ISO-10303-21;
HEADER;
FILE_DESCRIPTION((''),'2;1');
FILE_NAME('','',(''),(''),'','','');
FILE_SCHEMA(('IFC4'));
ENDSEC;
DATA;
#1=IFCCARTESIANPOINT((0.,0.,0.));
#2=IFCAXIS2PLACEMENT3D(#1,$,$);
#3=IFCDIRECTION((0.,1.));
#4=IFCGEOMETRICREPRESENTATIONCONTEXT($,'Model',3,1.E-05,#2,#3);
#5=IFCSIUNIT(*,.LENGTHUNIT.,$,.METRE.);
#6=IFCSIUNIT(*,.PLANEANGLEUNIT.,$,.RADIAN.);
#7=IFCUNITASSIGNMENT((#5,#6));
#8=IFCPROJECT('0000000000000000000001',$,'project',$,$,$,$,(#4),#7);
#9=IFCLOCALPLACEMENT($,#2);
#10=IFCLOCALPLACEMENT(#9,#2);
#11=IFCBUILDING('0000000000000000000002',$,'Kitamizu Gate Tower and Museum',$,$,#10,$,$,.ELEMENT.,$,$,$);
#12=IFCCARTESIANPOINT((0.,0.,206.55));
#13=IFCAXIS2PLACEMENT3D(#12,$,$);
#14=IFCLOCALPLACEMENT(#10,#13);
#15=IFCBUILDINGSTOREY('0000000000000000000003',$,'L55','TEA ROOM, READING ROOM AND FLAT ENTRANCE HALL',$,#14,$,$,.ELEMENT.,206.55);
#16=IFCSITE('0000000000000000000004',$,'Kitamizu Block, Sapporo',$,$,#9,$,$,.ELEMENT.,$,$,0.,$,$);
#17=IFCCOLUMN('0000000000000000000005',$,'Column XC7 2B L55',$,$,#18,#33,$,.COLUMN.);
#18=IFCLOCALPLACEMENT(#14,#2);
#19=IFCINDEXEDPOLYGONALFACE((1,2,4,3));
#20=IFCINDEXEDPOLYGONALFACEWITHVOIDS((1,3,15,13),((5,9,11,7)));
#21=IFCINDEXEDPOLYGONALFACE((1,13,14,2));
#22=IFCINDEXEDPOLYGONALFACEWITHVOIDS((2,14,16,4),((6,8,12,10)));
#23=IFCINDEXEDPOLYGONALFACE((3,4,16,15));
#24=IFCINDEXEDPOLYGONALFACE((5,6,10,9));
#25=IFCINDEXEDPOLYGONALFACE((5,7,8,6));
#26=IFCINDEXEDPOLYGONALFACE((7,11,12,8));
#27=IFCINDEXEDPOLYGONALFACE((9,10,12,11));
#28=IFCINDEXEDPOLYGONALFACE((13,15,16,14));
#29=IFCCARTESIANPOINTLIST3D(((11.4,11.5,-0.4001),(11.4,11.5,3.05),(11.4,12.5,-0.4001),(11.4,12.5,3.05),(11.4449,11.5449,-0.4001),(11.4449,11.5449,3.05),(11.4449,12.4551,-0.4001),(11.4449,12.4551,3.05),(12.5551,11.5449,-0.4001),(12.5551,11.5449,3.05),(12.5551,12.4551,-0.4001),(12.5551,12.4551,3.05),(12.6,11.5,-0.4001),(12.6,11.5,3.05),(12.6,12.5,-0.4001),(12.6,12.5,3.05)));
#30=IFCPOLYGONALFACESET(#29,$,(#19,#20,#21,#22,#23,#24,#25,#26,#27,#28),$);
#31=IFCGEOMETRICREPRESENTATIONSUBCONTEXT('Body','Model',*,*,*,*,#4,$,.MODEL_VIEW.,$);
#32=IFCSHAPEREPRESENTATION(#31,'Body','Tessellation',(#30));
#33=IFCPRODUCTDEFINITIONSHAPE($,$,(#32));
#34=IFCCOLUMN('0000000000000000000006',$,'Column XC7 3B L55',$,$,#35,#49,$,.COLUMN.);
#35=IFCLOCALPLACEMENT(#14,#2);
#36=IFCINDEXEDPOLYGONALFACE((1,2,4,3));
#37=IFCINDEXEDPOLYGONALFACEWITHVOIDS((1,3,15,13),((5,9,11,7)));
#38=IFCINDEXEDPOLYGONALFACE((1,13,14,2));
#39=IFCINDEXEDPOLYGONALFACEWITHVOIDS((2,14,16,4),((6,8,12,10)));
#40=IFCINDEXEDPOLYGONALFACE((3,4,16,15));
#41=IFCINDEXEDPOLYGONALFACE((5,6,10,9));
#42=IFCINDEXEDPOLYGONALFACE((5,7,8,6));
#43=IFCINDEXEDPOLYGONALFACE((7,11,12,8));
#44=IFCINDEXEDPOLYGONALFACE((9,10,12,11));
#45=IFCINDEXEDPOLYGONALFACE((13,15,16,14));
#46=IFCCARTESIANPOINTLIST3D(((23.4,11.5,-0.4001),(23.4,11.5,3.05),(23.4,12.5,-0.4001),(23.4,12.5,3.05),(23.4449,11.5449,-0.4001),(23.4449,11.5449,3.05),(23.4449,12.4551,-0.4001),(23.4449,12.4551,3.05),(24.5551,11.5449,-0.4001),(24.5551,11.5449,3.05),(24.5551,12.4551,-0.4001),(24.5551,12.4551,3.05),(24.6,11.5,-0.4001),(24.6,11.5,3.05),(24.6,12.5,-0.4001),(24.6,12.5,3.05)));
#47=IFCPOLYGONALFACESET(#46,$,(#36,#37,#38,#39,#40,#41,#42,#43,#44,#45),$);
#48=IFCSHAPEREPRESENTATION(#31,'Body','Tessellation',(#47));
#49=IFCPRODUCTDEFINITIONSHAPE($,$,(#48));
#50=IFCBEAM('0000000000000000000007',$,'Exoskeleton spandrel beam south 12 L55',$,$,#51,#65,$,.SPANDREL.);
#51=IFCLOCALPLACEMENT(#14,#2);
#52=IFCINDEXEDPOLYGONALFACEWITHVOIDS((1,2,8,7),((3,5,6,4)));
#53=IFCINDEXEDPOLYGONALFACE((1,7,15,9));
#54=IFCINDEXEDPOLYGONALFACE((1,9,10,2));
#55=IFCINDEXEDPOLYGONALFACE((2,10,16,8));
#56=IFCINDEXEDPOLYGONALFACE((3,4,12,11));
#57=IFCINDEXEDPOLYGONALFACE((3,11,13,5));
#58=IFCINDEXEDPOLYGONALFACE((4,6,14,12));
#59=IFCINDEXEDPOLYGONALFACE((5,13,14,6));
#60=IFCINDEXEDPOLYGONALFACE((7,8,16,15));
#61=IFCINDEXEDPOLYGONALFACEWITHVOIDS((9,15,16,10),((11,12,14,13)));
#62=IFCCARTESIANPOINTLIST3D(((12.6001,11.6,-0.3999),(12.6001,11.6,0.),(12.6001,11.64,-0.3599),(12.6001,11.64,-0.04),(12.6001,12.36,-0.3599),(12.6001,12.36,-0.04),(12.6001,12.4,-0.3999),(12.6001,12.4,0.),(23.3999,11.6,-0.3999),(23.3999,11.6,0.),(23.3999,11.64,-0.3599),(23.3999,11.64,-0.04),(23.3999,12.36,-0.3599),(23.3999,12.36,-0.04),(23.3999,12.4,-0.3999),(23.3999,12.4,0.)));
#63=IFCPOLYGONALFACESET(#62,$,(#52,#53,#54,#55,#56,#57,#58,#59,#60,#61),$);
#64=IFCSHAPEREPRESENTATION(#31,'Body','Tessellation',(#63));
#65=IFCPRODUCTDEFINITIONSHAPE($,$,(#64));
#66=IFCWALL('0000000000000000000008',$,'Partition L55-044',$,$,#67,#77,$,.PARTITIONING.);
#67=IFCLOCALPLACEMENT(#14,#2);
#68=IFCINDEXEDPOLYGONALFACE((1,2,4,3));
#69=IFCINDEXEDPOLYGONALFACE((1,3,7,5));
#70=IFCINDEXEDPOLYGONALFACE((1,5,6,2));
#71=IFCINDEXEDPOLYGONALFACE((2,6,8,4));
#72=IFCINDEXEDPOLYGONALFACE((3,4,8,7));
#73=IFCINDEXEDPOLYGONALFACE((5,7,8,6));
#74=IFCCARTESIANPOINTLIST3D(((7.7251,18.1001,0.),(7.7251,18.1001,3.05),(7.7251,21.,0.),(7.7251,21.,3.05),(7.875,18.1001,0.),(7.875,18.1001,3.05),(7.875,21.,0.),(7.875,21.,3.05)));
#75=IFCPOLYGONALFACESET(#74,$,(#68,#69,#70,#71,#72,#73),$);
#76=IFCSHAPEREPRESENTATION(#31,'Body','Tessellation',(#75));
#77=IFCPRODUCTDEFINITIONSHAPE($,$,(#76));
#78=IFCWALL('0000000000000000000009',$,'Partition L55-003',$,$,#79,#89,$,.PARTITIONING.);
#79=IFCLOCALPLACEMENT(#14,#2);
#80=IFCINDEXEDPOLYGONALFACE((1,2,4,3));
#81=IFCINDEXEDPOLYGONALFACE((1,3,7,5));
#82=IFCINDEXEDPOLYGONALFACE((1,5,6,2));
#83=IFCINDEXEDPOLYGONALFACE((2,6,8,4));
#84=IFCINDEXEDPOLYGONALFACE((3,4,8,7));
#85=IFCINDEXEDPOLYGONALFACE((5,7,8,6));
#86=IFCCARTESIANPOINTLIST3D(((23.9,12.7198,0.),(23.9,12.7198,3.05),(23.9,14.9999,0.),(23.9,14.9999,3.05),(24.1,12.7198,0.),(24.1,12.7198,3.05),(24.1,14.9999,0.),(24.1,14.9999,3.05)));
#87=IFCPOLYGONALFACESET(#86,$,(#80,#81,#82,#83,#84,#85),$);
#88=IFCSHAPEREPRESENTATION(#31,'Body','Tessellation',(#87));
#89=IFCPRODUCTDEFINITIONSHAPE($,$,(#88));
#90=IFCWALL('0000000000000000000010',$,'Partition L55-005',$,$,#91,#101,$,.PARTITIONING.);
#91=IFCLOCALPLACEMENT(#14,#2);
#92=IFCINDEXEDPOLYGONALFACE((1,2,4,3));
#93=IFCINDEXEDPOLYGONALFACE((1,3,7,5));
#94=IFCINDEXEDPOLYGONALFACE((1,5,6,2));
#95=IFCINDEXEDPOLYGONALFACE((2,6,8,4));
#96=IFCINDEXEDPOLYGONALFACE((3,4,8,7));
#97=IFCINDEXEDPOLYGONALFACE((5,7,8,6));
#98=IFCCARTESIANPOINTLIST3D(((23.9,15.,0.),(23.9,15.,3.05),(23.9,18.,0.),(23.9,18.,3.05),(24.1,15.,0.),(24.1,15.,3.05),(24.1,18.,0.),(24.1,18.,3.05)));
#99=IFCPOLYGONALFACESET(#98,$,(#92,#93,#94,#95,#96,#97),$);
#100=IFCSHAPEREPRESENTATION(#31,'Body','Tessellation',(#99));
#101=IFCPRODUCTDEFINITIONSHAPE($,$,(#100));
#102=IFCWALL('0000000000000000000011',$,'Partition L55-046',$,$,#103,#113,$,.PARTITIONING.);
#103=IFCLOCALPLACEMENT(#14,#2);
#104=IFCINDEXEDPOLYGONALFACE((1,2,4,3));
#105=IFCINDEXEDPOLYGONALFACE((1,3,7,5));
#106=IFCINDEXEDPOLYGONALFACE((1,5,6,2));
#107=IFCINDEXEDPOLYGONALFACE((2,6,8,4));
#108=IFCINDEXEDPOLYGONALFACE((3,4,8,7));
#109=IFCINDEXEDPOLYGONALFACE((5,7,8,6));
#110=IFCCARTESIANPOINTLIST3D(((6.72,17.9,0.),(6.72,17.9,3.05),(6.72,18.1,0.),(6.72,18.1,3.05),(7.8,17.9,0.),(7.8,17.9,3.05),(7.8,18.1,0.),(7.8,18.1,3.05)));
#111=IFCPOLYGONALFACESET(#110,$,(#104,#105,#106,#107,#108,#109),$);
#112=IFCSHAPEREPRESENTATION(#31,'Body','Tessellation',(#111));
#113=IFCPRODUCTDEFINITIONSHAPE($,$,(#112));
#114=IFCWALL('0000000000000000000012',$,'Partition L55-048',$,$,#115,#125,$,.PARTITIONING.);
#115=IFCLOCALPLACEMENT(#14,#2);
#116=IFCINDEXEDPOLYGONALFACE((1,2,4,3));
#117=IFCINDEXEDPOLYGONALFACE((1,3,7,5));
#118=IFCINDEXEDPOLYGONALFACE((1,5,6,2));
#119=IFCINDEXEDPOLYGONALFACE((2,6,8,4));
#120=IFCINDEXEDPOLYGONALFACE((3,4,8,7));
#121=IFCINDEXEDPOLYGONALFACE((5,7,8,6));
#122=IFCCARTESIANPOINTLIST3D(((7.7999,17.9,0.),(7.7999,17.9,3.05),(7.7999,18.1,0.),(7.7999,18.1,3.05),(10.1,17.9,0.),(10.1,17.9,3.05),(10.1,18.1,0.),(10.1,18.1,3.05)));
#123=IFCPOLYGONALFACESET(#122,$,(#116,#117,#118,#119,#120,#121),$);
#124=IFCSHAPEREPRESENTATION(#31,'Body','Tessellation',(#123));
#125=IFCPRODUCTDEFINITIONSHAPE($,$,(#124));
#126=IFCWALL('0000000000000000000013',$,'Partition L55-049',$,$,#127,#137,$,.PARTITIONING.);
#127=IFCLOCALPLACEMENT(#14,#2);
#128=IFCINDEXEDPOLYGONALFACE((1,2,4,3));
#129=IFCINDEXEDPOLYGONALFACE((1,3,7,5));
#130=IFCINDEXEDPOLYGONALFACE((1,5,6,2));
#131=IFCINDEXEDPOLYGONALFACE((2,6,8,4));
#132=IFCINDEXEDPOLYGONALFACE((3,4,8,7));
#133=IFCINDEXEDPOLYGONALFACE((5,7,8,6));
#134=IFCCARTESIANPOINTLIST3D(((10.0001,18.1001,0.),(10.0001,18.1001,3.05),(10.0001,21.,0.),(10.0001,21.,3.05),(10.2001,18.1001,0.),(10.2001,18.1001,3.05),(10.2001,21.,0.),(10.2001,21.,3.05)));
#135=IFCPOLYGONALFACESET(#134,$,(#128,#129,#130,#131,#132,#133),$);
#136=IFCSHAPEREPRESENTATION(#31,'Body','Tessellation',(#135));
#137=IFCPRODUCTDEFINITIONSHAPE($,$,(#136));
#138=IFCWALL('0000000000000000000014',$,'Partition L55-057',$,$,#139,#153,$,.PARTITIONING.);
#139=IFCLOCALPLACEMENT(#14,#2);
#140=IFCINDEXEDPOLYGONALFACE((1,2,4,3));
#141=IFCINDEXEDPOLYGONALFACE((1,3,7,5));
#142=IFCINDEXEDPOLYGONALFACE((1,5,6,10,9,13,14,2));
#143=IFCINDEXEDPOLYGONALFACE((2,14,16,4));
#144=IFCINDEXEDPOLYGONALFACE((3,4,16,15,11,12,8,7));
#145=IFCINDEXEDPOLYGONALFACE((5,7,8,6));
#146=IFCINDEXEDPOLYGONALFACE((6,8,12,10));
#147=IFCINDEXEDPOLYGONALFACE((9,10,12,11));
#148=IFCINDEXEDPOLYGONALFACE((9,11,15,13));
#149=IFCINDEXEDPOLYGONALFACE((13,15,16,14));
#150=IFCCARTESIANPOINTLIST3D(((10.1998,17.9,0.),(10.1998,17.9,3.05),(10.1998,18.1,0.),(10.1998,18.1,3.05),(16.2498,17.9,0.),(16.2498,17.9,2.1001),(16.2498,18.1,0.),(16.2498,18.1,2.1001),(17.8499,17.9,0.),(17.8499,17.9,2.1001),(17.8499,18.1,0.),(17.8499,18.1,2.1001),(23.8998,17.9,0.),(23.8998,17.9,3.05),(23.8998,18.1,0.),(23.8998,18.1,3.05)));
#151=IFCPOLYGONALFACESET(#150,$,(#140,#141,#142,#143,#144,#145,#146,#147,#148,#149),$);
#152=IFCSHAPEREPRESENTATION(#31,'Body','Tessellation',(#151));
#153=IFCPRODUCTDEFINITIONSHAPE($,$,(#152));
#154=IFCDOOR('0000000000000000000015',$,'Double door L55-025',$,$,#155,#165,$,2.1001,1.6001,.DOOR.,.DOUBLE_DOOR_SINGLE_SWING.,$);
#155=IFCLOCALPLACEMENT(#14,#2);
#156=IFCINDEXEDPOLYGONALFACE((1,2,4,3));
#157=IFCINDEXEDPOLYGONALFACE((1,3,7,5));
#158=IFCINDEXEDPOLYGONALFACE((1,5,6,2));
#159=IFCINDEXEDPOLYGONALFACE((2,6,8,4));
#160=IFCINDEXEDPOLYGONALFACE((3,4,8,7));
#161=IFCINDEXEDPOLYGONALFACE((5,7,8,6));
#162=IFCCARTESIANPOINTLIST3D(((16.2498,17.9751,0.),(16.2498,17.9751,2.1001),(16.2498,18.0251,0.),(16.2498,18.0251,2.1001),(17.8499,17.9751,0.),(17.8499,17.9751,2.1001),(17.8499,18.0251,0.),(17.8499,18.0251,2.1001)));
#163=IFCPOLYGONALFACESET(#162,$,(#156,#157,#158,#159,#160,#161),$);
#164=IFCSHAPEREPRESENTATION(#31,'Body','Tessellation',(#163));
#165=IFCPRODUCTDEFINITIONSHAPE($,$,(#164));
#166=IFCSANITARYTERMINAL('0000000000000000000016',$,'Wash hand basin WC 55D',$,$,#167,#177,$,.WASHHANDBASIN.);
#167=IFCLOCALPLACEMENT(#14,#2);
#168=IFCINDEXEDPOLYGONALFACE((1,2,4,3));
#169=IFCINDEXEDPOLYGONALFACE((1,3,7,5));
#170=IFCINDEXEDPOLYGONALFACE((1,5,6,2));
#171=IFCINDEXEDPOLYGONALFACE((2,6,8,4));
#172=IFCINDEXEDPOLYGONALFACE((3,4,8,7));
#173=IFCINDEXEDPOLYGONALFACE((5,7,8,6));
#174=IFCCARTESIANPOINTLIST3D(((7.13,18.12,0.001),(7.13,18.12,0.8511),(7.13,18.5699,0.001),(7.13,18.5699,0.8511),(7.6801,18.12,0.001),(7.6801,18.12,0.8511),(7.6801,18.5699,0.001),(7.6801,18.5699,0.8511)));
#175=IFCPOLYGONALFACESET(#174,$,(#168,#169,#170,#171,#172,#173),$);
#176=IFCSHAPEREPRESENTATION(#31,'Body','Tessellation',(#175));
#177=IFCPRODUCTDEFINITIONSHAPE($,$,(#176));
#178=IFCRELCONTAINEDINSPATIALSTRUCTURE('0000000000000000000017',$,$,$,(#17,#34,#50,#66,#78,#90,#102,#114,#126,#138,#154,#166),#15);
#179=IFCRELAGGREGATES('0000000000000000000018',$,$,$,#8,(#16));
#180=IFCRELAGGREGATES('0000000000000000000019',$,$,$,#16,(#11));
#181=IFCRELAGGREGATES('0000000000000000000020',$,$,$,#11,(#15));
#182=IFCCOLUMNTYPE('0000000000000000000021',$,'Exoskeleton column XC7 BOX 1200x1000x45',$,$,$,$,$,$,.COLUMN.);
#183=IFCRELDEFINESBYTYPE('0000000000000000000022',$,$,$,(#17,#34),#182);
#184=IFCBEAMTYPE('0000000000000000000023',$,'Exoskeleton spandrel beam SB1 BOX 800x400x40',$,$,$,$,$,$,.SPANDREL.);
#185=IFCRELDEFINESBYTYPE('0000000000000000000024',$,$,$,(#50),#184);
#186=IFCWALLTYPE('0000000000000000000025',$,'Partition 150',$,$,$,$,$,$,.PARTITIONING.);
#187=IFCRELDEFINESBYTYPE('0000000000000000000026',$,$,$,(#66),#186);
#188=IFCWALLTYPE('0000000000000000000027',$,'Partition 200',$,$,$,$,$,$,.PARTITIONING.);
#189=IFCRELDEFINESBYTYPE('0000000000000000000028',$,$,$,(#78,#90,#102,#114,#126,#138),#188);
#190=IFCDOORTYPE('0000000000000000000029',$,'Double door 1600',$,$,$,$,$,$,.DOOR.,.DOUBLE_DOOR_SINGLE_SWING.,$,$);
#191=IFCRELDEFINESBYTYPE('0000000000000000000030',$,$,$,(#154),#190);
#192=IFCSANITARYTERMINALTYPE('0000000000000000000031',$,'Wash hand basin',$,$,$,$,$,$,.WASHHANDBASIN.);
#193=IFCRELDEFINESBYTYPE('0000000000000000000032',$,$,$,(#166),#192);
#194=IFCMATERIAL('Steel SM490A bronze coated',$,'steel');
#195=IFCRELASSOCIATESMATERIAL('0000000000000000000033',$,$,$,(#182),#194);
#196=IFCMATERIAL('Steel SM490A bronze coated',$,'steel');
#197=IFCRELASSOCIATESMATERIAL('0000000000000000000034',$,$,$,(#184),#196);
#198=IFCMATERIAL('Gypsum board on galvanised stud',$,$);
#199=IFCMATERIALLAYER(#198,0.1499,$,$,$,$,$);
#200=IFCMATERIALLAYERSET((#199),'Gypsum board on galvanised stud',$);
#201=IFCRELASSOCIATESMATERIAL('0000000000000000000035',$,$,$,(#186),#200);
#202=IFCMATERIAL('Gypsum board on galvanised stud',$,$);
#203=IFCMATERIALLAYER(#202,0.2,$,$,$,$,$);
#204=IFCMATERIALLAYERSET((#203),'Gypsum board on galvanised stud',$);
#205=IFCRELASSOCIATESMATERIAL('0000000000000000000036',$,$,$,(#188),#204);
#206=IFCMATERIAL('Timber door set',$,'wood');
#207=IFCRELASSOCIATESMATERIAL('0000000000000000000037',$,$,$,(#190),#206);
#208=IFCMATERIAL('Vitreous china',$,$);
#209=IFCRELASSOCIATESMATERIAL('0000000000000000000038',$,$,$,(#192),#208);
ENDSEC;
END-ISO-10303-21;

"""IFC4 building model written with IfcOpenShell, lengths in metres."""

from ifc_helpers import new_model, si_unit, direction, frame, frame_2d, origin, origin_2d, place, context, subcontext, project, spatial, rectangle, hollow_rectangle, extrude, material, layer, layer_set, material_profile, profile_set, type_object, element, fill, save


model = new_model("IFC4")

# Units and contexts
model_context = context("Model", 3, precision=1e-05, world=origin(), true_north=direction((0.0, 1.0)))
body_context = subcontext(model_context, "Body", "Model", "MODEL_VIEW")
ifc_project = project(units=[si_unit("LENGTHUNIT", "METRE"), si_unit("PLANEANGLEUNIT", "RADIAN")], contexts=[model_context])

# Site, building, storey
site_placement = place(None, origin())
site = spatial("IfcSite", under=ifc_project, at=site_placement, Name="Kitamizu Block, Sapporo", CompositionType="ELEMENT", RefElevation=0.0)
building_placement = place(site_placement, origin())
building = spatial("IfcBuilding", under=site, at=building_placement, Name="Kitamizu Gate Tower and Museum", CompositionType="ELEMENT")
storey_placement = place(building_placement, frame((0.0, 0.0, 206.55)))
storey = spatial("IfcBuildingStorey", under=building, at=storey_placement, Name="L55", Description="TEA ROOM, READING ROOM AND FLAT ENTRANCE HALL", CompositionType="ELEMENT", Elevation=206.55)

# Columns
ifc_material_1 = material(Name="Steel SM490A bronze coated", Category="steel")
ifc_material_profile_1 = material_profile(ifc_material_1, hollow_rectangle(XDim=1.2, YDim=1.0, WallThickness=0.0449, at=origin_2d()), Name="BOX 1200x1000x45")
ifc_profile_set_1 = profile_set([ifc_material_profile_1], Name="Steel SM490A bronze coated")
column_type = type_object("IfcColumnType", Name="Exoskeleton column XC7 BOX 1200x1000x45", PredefinedType="COLUMN", material=ifc_profile_set_1)
for number, where, z_axis, x_axis, name in (
    (1, (12.0, 12.0, -0.4001), (0.0, 0.0, 1.0), (1.0, 0.0, 0.0), "Column XC7 2B L55"),
    (2, (24.0, 12.0, -0.4001), (0.0, 0.0, 1.0), (1.0, 0.0, 0.0), "Column XC7 3B L55"),
):
    element("IfcColumn", number, at=place(storey_placement, frame(where, z_axis=z_axis, x_axis=x_axis)), inside=storey, type_object=column_type, Name=name, PredefinedType="COLUMN", context=body_context, shape_type="SweptSolid", body=[
        extrude(hollow_rectangle(XDim=1.2, YDim=1.0, WallThickness=0.0449, at=origin_2d()), origin(), (0.0, 0.0, 1.0), 3.4502),
    ])

# Beam
ifc_material_2 = material(Name="Steel SM490A bronze coated", Category="steel")
ifc_material_profile_2 = material_profile(ifc_material_2, hollow_rectangle(XDim=0.8, YDim=0.3999, WallThickness=0.04, at=origin_2d()), Name="BOX 800x400x40")
ifc_profile_set_2 = profile_set([ifc_material_profile_2], Name="Steel SM490A bronze coated")
beam_type = type_object("IfcBeamType", Name="Exoskeleton spandrel beam SB1 BOX 800x400x40", PredefinedType="SPANDREL", material=ifc_profile_set_2)
beam_placement = place(storey_placement, frame((12.6001, 12.0, -0.2), z_axis=(1.0, 0.0, 0.0), x_axis=(0.0, 1.0, 0.0)))
element("IfcBeam", 3, at=beam_placement, inside=storey, type_object=beam_type, Name="Exoskeleton spandrel beam south 12 L55", PredefinedType="SPANDREL", context=body_context, shape_type="SweptSolid", body=[
    extrude(hollow_rectangle(XDim=0.8, YDim=0.3999, WallThickness=0.04, at=origin_2d()), origin(), (0.0, 0.0, 1.0), 10.7998),
])

# Walls
ifc_material_3 = material(Name="Gypsum board on galvanised stud")
ifc_layer_1 = layer(ifc_material_3, 0.1499)
ifc_layer_set_1 = layer_set([ifc_layer_1], Name="Gypsum board on galvanised stud")
wall_type_1 = type_object("IfcWallType", Name="Partition 150", PredefinedType="PARTITIONING", material=ifc_layer_set_1)
wall_1_placement = place(storey_placement, frame((7.8, 18.1001, 0.0), z_axis=(0.0, 0.0, 1.0), x_axis=(0.0, 1.0, 0.0)))
element("IfcWall", 4, at=wall_1_placement, inside=storey, type_object=wall_type_1, Name="Partition L55-044", PredefinedType="PARTITIONING", context=body_context, shape_type="SweptSolid", body=[
    extrude(rectangle(XDim=2.8999, YDim=0.1499, at=frame_2d((1.45, 0.0))), origin(), (0.0, 0.0, 1.0), 3.05),
])
ifc_material_4 = material(Name="Gypsum board on galvanised stud")
ifc_layer_2 = layer(ifc_material_4, 0.2)
ifc_layer_set_2 = layer_set([ifc_layer_2], Name="Gypsum board on galvanised stud")
wall_type_2 = type_object("IfcWallType", Name="Partition 200", PredefinedType="PARTITIONING", material=ifc_layer_set_2)
wall_2_placement = place(storey_placement, frame((24.0, 15.0, 0.0), z_axis=(0.0, 0.0, 1.0), x_axis=(0.0, -1.0, 0.0)))
element("IfcWall", 5, at=wall_2_placement, inside=storey, type_object=wall_type_2, Name="Partition L55-003", PredefinedType="PARTITIONING", context=body_context, shape_type="SweptSolid", body=[
    extrude(rectangle(XDim=2.28, YDim=0.2, at=frame_2d((1.1401, 0.0))), origin(), (0.0, 0.0, 1.0), 3.05),
])
wall_3_placement = place(storey_placement, frame((24.0, 18.0, 0.0), z_axis=(0.0, 0.0, 1.0), x_axis=(0.0, -1.0, 0.0)))
element("IfcWall", 6, at=wall_3_placement, inside=storey, type_object=wall_type_2, Name="Partition L55-005", PredefinedType="PARTITIONING", context=body_context, shape_type="SweptSolid", body=[
    extrude(rectangle(XDim=3.0, YDim=0.2, at=frame_2d((1.5, 0.0))), origin(), (0.0, 0.0, 1.0), 3.05),
])
wall_4_placement = place(storey_placement, frame((6.72, 18.0, 0.0), z_axis=(0.0, 0.0, 1.0), x_axis=(1.0, 0.0, 0.0)))
element("IfcWall", 7, at=wall_4_placement, inside=storey, type_object=wall_type_2, Name="Partition L55-046", PredefinedType="PARTITIONING", context=body_context, shape_type="SweptSolid", body=[
    extrude(rectangle(XDim=1.0801, YDim=0.2, at=frame_2d((0.54, 0.0))), origin(), (0.0, 0.0, 1.0), 3.05),
])
wall_5_placement = place(storey_placement, frame((7.8, 18.0, 0.0), z_axis=(0.0, 0.0, 1.0), x_axis=(1.0, 0.0, 0.0)))
element("IfcWall", 8, at=wall_5_placement, inside=storey, type_object=wall_type_2, Name="Partition L55-048", PredefinedType="PARTITIONING", context=body_context, shape_type="SweptSolid", body=[
    extrude(rectangle(XDim=2.3, YDim=0.2, at=frame_2d((1.1499, 0.0))), origin(), (0.0, 0.0, 1.0), 3.05),
])
wall_6_placement = place(storey_placement, frame((10.1001, 18.1001, 0.0), z_axis=(0.0, 0.0, 1.0), x_axis=(0.0, 1.0, 0.0)))
element("IfcWall", 9, at=wall_6_placement, inside=storey, type_object=wall_type_2, Name="Partition L55-049", PredefinedType="PARTITIONING", context=body_context, shape_type="SweptSolid", body=[
    extrude(rectangle(XDim=2.8999, YDim=0.2, at=frame_2d((1.45, 0.0))), origin(), (0.0, 0.0, 1.0), 3.05),
])

# Wall, opening, door
wall_7_placement = place(storey_placement, frame((23.8999, 18.0, 0.0), z_axis=(0.0, 0.0, 1.0), x_axis=(-1.0, 0.0, 0.0)))
wall_7 = element("IfcWall", 10, at=wall_7_placement, inside=storey, type_object=wall_type_2, Name="Partition L55-057", PredefinedType="PARTITIONING", context=body_context, shape_type="SweptSolid", body=[
    extrude(rectangle(XDim=13.7, YDim=0.2, at=frame_2d((6.8501, 0.0))), origin(), (0.0, 0.0, 1.0), 3.05),
])
opening_placement = place(wall_7_placement, frame((6.05, 0.0, 0.0)))
opening = element("IfcOpeningElement", 11, at=opening_placement, cuts=wall_7, PredefinedType="OPENING", context=body_context, shape_type="SweptSolid", body=[
    extrude(rectangle(XDim=1.6001, YDim=2.1001, at=frame_2d((0.8, 1.05))), frame((0.0, 0.1099, 0.0), z_axis=(0.0, -1.0, 0.0), x_axis=(1.0, 0.0, 0.0)), (0.0, 0.0, 1.0), 0.22),
])
ifc_material_5 = material(Name="Timber door set", Category="wood")
door_type = type_object("IfcDoorType", Name="Double door 1600", OperationType="DOUBLE_DOOR_SINGLE_SWING", PredefinedType="DOOR", material=ifc_material_5)
door_placement = place(opening_placement, origin())
door = element("IfcDoor", 12, at=door_placement, inside=storey, type_object=door_type, Name="Double door L55-025", OperationType="DOUBLE_DOOR_SINGLE_SWING", OverallHeight=2.1001, OverallWidth=1.6001, PredefinedType="DOOR", context=body_context, shape_type="SweptSolid", body=[
    extrude(rectangle(XDim=1.6001, YDim=2.1001, at=frame_2d((0.8, 1.05))), frame((0.0, 0.0249, 0.0), z_axis=(0.0, -1.0, 0.0), x_axis=(1.0, 0.0, 0.0)), (0.0, 0.0, 1.0), 0.05),
])
fill(opening, door)

# Sanitary terminal
ifc_material_6 = material(Name="Vitreous china")
sanitary_terminal_type_1 = type_object("IfcSanitaryTerminalType", Name="Wash hand basin", PredefinedType="WASHHANDBASIN", material=ifc_material_6)
sanitary_terminal_1_placement = place(storey_placement, frame((7.405, 18.345, 0.001), z_axis=(0.0, 0.0, 1.0), x_axis=(1.0, 0.0, 0.0)))
element("IfcSanitaryTerminal", 13, at=sanitary_terminal_1_placement, inside=storey, type_object=sanitary_terminal_type_1, Name="Wash hand basin WC 55D", PredefinedType="WASHHANDBASIN", context=body_context, shape_type="SweptSolid", body=[
    extrude(rectangle(XDim=0.55, YDim=0.45, at=origin_2d()), origin(), (0.0, 0.0, 1.0), 0.8501),
])

save(model, "model.ifc")
